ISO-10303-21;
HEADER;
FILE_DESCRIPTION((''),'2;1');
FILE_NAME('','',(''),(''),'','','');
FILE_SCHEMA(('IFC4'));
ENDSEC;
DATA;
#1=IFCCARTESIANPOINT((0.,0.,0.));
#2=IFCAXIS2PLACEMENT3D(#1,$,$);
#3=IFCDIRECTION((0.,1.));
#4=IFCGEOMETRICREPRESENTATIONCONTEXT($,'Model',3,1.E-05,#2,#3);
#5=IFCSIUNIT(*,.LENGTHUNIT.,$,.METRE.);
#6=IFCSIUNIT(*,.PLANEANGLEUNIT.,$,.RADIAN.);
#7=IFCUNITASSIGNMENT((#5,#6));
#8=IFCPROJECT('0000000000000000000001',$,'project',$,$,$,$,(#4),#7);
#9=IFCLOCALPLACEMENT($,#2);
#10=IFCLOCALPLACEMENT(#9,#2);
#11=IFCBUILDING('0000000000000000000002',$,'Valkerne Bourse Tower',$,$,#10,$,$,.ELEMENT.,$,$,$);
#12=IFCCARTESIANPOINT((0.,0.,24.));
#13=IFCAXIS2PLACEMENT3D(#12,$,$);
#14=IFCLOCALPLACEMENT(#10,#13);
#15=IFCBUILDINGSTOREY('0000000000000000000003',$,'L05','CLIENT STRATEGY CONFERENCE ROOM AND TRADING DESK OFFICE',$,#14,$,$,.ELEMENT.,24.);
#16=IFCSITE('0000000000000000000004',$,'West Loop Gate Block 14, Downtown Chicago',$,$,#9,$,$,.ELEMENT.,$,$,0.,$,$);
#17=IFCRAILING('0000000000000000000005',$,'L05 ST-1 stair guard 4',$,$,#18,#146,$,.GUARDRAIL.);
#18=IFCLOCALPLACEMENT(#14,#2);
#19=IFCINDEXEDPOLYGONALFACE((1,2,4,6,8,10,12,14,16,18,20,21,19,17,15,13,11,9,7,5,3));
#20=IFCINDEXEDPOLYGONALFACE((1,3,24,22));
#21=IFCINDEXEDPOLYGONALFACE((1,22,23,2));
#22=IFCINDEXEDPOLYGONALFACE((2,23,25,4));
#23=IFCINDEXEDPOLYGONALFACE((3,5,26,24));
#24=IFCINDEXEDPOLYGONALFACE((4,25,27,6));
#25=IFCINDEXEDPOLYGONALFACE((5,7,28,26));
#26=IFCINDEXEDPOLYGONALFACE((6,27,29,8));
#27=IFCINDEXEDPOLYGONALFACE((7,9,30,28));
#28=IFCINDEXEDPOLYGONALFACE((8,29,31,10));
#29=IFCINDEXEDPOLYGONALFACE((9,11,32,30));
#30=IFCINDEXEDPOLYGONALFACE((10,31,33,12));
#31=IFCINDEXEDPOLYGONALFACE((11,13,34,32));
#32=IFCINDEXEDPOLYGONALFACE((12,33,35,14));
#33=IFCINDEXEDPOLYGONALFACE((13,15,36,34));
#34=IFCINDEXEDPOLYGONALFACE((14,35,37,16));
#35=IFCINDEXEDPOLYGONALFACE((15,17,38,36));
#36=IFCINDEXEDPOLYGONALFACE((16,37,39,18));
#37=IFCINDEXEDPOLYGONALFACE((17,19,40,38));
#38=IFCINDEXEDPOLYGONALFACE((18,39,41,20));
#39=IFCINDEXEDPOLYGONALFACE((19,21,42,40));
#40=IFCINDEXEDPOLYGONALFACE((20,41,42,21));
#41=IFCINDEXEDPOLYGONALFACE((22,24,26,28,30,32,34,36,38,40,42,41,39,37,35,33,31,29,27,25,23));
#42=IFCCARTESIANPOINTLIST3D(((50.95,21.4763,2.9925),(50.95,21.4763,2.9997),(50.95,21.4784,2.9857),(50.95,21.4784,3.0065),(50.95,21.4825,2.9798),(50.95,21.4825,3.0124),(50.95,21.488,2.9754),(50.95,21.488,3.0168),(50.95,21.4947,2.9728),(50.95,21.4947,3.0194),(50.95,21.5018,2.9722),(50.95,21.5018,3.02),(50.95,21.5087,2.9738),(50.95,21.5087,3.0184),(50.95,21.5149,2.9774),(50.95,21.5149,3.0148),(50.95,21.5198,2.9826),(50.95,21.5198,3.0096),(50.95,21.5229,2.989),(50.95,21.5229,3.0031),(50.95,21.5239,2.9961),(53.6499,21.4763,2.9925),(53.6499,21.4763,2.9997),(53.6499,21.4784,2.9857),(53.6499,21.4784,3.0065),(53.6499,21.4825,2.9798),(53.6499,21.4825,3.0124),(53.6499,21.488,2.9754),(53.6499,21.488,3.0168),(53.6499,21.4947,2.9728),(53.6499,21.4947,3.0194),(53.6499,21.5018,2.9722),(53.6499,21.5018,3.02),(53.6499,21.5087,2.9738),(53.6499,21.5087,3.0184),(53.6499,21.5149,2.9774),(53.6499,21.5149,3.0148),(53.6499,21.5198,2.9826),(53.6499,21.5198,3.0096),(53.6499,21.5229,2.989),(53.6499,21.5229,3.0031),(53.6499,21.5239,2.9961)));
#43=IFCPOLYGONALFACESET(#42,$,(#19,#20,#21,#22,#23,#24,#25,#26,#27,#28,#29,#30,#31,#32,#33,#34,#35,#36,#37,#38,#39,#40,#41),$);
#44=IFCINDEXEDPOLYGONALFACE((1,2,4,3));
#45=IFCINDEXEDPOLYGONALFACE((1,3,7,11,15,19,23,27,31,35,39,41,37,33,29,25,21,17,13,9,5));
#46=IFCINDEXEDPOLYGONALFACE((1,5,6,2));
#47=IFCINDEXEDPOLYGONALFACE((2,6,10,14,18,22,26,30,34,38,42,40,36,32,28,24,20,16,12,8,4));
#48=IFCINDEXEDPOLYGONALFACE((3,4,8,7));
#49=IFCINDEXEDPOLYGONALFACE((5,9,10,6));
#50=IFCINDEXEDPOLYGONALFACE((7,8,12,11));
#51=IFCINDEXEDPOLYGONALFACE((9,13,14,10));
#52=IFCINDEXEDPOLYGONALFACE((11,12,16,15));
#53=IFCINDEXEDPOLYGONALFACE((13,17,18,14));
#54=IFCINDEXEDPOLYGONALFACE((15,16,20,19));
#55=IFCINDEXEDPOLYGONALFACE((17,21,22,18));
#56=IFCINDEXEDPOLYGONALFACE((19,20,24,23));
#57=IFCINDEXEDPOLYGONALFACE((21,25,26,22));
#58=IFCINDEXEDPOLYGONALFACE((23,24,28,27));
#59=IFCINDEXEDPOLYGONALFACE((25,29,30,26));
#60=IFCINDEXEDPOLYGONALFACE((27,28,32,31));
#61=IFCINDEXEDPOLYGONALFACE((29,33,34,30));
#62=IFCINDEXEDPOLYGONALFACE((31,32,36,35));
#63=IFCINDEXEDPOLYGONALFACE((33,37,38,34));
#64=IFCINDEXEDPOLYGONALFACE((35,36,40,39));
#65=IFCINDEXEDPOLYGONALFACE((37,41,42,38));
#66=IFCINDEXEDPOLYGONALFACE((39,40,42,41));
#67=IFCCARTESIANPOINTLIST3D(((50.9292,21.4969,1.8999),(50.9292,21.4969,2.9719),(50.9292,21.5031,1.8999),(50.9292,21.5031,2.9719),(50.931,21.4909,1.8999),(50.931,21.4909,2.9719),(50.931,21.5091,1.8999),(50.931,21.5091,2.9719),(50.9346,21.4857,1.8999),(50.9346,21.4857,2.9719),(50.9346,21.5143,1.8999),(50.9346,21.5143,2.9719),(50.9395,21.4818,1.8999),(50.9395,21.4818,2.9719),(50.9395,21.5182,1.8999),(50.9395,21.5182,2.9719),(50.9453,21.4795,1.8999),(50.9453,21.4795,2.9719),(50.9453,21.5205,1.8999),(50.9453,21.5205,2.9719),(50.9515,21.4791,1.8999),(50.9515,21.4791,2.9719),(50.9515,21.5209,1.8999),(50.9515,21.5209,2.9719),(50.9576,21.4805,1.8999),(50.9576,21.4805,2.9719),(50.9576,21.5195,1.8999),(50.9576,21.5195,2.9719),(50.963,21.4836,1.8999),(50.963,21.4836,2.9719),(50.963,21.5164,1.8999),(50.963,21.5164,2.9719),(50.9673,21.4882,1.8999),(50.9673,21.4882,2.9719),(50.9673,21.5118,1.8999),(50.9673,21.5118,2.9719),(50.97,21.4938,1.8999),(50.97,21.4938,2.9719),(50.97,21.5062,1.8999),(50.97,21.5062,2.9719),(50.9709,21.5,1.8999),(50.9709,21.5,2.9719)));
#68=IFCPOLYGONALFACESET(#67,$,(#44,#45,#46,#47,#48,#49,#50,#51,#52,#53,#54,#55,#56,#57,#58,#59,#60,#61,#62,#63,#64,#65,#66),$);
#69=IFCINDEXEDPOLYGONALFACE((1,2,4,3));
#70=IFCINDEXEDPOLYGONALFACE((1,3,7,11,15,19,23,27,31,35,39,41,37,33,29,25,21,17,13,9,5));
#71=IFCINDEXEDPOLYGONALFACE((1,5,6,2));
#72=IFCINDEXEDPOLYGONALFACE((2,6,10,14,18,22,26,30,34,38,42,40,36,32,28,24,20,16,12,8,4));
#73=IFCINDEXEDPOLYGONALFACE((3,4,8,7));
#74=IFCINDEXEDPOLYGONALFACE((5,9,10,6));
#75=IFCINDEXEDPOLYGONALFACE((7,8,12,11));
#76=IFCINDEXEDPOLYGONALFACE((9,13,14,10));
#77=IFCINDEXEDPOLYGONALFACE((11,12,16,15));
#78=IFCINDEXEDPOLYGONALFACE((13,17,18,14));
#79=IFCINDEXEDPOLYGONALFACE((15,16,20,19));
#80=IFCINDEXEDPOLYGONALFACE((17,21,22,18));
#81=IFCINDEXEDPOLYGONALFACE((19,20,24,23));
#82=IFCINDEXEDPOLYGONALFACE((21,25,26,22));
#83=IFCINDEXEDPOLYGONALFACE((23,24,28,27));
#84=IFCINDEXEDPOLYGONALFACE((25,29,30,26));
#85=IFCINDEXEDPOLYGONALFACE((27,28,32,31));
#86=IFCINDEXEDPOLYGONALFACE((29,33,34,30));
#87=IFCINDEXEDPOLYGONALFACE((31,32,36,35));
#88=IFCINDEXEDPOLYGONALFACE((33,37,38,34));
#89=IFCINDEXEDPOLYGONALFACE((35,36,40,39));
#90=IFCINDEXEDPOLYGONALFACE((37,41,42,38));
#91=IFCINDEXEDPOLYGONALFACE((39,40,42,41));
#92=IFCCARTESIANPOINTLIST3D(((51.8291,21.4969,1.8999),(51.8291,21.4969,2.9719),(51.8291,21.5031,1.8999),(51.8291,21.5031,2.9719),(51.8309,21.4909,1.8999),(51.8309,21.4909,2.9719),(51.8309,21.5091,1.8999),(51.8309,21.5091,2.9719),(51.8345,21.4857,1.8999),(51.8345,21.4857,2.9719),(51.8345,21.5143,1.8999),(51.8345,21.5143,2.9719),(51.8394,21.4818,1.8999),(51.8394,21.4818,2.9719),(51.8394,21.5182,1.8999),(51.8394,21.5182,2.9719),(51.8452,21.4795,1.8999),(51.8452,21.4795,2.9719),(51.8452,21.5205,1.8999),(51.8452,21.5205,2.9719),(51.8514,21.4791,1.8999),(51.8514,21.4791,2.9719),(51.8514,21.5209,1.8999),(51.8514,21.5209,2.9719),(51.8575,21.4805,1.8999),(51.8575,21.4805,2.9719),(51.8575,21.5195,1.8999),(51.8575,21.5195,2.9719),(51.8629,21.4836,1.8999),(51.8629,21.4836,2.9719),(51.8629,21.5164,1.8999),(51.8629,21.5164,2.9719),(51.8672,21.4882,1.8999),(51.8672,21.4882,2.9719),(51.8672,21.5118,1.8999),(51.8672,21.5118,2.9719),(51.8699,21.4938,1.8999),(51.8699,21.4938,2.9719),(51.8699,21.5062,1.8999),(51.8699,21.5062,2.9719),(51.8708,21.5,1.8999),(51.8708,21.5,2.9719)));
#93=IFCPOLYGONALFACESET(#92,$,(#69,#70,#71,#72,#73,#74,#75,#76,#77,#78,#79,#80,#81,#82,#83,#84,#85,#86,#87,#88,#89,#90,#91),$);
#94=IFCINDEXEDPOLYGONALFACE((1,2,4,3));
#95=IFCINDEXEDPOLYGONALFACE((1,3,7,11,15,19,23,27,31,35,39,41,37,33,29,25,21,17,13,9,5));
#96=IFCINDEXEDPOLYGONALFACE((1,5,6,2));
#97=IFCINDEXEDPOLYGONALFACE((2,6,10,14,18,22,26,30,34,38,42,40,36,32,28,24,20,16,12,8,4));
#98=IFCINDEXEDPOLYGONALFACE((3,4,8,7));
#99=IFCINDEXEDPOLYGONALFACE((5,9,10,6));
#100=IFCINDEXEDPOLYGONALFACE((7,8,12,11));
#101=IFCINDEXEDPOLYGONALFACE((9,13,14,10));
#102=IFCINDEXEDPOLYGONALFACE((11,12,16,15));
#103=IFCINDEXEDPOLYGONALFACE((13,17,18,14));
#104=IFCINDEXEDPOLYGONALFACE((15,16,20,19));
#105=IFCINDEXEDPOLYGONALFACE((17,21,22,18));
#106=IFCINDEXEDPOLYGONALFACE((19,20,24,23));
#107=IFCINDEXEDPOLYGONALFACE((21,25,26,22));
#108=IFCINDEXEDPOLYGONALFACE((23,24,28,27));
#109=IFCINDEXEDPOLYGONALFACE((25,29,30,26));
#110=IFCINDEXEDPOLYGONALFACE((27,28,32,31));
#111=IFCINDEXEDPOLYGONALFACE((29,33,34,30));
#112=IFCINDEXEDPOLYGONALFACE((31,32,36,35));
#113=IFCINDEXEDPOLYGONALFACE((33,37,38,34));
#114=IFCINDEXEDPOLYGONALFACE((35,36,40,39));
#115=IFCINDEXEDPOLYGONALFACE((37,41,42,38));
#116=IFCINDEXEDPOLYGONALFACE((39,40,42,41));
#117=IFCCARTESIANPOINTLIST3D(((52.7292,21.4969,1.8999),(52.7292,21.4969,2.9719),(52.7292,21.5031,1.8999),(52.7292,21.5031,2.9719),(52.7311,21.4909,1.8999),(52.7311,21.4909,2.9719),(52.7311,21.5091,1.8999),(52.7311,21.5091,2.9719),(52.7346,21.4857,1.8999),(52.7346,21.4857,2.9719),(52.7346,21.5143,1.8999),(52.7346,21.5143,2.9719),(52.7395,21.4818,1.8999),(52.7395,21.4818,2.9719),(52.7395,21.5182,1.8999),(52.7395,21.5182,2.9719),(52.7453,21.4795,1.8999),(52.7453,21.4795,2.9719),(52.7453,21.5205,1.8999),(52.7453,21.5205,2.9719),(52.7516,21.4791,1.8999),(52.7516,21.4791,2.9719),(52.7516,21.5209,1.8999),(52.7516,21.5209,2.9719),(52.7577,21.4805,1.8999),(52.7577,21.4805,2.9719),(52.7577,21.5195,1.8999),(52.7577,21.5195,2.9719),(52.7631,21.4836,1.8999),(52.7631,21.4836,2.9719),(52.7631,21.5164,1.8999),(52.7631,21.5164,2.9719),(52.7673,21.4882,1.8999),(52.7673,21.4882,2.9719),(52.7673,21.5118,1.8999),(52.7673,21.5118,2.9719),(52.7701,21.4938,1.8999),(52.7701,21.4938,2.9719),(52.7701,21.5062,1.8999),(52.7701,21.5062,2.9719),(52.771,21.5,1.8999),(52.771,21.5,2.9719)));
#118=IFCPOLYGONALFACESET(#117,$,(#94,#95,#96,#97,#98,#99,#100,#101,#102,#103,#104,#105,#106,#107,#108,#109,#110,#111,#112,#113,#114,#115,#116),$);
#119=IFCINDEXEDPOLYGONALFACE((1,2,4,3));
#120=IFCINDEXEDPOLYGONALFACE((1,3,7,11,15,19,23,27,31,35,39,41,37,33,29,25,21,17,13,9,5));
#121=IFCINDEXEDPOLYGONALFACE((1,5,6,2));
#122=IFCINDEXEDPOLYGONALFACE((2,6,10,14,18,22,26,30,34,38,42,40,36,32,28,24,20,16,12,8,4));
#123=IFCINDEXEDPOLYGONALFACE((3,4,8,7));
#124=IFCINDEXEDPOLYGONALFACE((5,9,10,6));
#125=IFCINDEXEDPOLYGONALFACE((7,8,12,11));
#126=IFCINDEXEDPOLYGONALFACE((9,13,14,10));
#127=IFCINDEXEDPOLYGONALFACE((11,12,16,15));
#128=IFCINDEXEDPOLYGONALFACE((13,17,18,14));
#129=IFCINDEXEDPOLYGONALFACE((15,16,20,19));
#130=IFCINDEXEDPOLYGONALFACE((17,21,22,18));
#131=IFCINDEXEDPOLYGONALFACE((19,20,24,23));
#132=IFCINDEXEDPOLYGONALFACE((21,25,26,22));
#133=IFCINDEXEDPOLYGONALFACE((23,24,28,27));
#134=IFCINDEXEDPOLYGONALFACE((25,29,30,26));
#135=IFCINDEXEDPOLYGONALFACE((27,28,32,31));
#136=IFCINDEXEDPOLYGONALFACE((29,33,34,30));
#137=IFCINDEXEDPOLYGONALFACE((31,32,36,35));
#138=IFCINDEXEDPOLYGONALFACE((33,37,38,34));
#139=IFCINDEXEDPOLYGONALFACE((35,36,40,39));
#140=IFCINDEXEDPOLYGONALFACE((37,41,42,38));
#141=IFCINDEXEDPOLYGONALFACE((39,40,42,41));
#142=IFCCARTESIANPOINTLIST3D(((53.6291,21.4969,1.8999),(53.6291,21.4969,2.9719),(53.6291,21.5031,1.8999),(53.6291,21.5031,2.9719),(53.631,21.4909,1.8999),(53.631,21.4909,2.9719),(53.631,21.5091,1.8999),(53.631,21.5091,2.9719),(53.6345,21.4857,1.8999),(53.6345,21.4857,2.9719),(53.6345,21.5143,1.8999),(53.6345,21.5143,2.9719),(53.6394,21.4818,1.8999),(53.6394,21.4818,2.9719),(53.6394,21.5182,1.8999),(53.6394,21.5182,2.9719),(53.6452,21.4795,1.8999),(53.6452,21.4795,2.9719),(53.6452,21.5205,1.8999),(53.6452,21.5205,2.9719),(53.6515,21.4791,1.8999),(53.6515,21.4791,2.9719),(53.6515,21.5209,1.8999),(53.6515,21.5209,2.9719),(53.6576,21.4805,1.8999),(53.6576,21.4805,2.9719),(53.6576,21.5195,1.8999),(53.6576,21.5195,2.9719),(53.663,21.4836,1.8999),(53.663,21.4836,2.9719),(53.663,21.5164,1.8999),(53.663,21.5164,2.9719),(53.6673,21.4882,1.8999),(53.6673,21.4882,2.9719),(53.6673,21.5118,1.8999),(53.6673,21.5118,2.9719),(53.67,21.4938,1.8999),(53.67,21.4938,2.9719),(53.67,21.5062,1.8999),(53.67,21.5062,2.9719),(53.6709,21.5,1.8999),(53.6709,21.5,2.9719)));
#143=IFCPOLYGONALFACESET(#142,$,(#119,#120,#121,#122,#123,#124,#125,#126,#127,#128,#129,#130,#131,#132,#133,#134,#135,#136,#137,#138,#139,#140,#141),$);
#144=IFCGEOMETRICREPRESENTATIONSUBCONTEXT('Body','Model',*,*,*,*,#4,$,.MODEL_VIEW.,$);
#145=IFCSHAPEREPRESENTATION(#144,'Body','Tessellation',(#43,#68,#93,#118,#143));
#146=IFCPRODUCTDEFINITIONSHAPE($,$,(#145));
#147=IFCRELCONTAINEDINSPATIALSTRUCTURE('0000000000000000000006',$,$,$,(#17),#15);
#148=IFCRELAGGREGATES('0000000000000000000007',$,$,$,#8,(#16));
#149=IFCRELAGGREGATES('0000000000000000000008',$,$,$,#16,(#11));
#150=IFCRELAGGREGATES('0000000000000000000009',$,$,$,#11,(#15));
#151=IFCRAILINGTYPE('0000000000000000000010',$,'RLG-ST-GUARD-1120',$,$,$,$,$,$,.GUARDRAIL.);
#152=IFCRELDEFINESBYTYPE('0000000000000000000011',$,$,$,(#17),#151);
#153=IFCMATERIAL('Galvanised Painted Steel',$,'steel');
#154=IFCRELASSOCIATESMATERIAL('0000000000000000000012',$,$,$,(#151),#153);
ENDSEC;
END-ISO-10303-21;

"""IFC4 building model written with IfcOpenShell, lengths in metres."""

from ifc_helpers import new_model, si_unit, direction, frame, origin, origin_2d, place, context, subcontext, project, spatial, circle, extrude, material, type_object, element, save


model = new_model("IFC4")

# Units and contexts
model_context = context("Model", 3, precision=1e-05, world=origin(), true_north=direction((0.0, 1.0)))
body_context = subcontext(model_context, "Body", "Model", "MODEL_VIEW")
ifc_project = project(units=[si_unit("LENGTHUNIT", "METRE"), si_unit("PLANEANGLEUNIT", "RADIAN")], contexts=[model_context])

# Site, building, storey
site_placement = place(None, origin())
site = spatial("IfcSite", under=ifc_project, at=site_placement, Name="West Loop Gate Block 14, Downtown Chicago", CompositionType="ELEMENT", RefElevation=0.0)
building_placement = place(site_placement, origin())
building = spatial("IfcBuilding", under=site, at=building_placement, Name="Valkerne Bourse Tower", CompositionType="ELEMENT")
storey_placement = place(building_placement, frame((0.0, 0.0, 24.0)))
storey = spatial("IfcBuildingStorey", under=building, at=storey_placement, Name="L05", Description="CLIENT STRATEGY CONFERENCE ROOM AND TRADING DESK OFFICE", CompositionType="ELEMENT", Elevation=24.0)

# Shared definitions
ifc_material_1 = material(Name="Galvanised Painted Steel", Category="steel")

# Railing
railing_type_1 = type_object("IfcRailingType", Name="RLG-ST-GUARD-1120", PredefinedType="GUARDRAIL", material=ifc_material_1)
railing_1_placement = place(storey_placement, frame((50.95, 21.5, 1.8999)))
element("IfcRailing", 1, at=railing_1_placement, inside=storey, type_object=railing_type_1, Name="L05 ST-1 stair guard 4", PredefinedType="GUARDRAIL", context=body_context, shape_type="SweptSolid", body=[
    extrude(circle(Radius=0.0239, at=origin_2d()), frame((0.0, 0.0, 1.0962), z_axis=(1.0, 0.0, 0.0), x_axis=(0.0, 1.0, 0.0)), (0.0, 0.0, 1.0), 2.7),
    extrude(circle(Radius=0.021, at=origin_2d()), origin(), (0.0, 0.0, 1.0), 1.072),
    extrude(circle(Radius=0.021, at=origin_2d()), frame((0.8999, 0.0, 0.0)), (0.0, 0.0, 1.0), 1.072),
    extrude(circle(Radius=0.021, at=origin_2d()), frame((1.8, 0.0, 0.0)), (0.0, 0.0, 1.0), 1.072),
    extrude(circle(Radius=0.021, at=origin_2d()), frame((2.7, 0.0, 0.0)), (0.0, 0.0, 1.0), 1.072),
])

save(model, "model.ifc")
